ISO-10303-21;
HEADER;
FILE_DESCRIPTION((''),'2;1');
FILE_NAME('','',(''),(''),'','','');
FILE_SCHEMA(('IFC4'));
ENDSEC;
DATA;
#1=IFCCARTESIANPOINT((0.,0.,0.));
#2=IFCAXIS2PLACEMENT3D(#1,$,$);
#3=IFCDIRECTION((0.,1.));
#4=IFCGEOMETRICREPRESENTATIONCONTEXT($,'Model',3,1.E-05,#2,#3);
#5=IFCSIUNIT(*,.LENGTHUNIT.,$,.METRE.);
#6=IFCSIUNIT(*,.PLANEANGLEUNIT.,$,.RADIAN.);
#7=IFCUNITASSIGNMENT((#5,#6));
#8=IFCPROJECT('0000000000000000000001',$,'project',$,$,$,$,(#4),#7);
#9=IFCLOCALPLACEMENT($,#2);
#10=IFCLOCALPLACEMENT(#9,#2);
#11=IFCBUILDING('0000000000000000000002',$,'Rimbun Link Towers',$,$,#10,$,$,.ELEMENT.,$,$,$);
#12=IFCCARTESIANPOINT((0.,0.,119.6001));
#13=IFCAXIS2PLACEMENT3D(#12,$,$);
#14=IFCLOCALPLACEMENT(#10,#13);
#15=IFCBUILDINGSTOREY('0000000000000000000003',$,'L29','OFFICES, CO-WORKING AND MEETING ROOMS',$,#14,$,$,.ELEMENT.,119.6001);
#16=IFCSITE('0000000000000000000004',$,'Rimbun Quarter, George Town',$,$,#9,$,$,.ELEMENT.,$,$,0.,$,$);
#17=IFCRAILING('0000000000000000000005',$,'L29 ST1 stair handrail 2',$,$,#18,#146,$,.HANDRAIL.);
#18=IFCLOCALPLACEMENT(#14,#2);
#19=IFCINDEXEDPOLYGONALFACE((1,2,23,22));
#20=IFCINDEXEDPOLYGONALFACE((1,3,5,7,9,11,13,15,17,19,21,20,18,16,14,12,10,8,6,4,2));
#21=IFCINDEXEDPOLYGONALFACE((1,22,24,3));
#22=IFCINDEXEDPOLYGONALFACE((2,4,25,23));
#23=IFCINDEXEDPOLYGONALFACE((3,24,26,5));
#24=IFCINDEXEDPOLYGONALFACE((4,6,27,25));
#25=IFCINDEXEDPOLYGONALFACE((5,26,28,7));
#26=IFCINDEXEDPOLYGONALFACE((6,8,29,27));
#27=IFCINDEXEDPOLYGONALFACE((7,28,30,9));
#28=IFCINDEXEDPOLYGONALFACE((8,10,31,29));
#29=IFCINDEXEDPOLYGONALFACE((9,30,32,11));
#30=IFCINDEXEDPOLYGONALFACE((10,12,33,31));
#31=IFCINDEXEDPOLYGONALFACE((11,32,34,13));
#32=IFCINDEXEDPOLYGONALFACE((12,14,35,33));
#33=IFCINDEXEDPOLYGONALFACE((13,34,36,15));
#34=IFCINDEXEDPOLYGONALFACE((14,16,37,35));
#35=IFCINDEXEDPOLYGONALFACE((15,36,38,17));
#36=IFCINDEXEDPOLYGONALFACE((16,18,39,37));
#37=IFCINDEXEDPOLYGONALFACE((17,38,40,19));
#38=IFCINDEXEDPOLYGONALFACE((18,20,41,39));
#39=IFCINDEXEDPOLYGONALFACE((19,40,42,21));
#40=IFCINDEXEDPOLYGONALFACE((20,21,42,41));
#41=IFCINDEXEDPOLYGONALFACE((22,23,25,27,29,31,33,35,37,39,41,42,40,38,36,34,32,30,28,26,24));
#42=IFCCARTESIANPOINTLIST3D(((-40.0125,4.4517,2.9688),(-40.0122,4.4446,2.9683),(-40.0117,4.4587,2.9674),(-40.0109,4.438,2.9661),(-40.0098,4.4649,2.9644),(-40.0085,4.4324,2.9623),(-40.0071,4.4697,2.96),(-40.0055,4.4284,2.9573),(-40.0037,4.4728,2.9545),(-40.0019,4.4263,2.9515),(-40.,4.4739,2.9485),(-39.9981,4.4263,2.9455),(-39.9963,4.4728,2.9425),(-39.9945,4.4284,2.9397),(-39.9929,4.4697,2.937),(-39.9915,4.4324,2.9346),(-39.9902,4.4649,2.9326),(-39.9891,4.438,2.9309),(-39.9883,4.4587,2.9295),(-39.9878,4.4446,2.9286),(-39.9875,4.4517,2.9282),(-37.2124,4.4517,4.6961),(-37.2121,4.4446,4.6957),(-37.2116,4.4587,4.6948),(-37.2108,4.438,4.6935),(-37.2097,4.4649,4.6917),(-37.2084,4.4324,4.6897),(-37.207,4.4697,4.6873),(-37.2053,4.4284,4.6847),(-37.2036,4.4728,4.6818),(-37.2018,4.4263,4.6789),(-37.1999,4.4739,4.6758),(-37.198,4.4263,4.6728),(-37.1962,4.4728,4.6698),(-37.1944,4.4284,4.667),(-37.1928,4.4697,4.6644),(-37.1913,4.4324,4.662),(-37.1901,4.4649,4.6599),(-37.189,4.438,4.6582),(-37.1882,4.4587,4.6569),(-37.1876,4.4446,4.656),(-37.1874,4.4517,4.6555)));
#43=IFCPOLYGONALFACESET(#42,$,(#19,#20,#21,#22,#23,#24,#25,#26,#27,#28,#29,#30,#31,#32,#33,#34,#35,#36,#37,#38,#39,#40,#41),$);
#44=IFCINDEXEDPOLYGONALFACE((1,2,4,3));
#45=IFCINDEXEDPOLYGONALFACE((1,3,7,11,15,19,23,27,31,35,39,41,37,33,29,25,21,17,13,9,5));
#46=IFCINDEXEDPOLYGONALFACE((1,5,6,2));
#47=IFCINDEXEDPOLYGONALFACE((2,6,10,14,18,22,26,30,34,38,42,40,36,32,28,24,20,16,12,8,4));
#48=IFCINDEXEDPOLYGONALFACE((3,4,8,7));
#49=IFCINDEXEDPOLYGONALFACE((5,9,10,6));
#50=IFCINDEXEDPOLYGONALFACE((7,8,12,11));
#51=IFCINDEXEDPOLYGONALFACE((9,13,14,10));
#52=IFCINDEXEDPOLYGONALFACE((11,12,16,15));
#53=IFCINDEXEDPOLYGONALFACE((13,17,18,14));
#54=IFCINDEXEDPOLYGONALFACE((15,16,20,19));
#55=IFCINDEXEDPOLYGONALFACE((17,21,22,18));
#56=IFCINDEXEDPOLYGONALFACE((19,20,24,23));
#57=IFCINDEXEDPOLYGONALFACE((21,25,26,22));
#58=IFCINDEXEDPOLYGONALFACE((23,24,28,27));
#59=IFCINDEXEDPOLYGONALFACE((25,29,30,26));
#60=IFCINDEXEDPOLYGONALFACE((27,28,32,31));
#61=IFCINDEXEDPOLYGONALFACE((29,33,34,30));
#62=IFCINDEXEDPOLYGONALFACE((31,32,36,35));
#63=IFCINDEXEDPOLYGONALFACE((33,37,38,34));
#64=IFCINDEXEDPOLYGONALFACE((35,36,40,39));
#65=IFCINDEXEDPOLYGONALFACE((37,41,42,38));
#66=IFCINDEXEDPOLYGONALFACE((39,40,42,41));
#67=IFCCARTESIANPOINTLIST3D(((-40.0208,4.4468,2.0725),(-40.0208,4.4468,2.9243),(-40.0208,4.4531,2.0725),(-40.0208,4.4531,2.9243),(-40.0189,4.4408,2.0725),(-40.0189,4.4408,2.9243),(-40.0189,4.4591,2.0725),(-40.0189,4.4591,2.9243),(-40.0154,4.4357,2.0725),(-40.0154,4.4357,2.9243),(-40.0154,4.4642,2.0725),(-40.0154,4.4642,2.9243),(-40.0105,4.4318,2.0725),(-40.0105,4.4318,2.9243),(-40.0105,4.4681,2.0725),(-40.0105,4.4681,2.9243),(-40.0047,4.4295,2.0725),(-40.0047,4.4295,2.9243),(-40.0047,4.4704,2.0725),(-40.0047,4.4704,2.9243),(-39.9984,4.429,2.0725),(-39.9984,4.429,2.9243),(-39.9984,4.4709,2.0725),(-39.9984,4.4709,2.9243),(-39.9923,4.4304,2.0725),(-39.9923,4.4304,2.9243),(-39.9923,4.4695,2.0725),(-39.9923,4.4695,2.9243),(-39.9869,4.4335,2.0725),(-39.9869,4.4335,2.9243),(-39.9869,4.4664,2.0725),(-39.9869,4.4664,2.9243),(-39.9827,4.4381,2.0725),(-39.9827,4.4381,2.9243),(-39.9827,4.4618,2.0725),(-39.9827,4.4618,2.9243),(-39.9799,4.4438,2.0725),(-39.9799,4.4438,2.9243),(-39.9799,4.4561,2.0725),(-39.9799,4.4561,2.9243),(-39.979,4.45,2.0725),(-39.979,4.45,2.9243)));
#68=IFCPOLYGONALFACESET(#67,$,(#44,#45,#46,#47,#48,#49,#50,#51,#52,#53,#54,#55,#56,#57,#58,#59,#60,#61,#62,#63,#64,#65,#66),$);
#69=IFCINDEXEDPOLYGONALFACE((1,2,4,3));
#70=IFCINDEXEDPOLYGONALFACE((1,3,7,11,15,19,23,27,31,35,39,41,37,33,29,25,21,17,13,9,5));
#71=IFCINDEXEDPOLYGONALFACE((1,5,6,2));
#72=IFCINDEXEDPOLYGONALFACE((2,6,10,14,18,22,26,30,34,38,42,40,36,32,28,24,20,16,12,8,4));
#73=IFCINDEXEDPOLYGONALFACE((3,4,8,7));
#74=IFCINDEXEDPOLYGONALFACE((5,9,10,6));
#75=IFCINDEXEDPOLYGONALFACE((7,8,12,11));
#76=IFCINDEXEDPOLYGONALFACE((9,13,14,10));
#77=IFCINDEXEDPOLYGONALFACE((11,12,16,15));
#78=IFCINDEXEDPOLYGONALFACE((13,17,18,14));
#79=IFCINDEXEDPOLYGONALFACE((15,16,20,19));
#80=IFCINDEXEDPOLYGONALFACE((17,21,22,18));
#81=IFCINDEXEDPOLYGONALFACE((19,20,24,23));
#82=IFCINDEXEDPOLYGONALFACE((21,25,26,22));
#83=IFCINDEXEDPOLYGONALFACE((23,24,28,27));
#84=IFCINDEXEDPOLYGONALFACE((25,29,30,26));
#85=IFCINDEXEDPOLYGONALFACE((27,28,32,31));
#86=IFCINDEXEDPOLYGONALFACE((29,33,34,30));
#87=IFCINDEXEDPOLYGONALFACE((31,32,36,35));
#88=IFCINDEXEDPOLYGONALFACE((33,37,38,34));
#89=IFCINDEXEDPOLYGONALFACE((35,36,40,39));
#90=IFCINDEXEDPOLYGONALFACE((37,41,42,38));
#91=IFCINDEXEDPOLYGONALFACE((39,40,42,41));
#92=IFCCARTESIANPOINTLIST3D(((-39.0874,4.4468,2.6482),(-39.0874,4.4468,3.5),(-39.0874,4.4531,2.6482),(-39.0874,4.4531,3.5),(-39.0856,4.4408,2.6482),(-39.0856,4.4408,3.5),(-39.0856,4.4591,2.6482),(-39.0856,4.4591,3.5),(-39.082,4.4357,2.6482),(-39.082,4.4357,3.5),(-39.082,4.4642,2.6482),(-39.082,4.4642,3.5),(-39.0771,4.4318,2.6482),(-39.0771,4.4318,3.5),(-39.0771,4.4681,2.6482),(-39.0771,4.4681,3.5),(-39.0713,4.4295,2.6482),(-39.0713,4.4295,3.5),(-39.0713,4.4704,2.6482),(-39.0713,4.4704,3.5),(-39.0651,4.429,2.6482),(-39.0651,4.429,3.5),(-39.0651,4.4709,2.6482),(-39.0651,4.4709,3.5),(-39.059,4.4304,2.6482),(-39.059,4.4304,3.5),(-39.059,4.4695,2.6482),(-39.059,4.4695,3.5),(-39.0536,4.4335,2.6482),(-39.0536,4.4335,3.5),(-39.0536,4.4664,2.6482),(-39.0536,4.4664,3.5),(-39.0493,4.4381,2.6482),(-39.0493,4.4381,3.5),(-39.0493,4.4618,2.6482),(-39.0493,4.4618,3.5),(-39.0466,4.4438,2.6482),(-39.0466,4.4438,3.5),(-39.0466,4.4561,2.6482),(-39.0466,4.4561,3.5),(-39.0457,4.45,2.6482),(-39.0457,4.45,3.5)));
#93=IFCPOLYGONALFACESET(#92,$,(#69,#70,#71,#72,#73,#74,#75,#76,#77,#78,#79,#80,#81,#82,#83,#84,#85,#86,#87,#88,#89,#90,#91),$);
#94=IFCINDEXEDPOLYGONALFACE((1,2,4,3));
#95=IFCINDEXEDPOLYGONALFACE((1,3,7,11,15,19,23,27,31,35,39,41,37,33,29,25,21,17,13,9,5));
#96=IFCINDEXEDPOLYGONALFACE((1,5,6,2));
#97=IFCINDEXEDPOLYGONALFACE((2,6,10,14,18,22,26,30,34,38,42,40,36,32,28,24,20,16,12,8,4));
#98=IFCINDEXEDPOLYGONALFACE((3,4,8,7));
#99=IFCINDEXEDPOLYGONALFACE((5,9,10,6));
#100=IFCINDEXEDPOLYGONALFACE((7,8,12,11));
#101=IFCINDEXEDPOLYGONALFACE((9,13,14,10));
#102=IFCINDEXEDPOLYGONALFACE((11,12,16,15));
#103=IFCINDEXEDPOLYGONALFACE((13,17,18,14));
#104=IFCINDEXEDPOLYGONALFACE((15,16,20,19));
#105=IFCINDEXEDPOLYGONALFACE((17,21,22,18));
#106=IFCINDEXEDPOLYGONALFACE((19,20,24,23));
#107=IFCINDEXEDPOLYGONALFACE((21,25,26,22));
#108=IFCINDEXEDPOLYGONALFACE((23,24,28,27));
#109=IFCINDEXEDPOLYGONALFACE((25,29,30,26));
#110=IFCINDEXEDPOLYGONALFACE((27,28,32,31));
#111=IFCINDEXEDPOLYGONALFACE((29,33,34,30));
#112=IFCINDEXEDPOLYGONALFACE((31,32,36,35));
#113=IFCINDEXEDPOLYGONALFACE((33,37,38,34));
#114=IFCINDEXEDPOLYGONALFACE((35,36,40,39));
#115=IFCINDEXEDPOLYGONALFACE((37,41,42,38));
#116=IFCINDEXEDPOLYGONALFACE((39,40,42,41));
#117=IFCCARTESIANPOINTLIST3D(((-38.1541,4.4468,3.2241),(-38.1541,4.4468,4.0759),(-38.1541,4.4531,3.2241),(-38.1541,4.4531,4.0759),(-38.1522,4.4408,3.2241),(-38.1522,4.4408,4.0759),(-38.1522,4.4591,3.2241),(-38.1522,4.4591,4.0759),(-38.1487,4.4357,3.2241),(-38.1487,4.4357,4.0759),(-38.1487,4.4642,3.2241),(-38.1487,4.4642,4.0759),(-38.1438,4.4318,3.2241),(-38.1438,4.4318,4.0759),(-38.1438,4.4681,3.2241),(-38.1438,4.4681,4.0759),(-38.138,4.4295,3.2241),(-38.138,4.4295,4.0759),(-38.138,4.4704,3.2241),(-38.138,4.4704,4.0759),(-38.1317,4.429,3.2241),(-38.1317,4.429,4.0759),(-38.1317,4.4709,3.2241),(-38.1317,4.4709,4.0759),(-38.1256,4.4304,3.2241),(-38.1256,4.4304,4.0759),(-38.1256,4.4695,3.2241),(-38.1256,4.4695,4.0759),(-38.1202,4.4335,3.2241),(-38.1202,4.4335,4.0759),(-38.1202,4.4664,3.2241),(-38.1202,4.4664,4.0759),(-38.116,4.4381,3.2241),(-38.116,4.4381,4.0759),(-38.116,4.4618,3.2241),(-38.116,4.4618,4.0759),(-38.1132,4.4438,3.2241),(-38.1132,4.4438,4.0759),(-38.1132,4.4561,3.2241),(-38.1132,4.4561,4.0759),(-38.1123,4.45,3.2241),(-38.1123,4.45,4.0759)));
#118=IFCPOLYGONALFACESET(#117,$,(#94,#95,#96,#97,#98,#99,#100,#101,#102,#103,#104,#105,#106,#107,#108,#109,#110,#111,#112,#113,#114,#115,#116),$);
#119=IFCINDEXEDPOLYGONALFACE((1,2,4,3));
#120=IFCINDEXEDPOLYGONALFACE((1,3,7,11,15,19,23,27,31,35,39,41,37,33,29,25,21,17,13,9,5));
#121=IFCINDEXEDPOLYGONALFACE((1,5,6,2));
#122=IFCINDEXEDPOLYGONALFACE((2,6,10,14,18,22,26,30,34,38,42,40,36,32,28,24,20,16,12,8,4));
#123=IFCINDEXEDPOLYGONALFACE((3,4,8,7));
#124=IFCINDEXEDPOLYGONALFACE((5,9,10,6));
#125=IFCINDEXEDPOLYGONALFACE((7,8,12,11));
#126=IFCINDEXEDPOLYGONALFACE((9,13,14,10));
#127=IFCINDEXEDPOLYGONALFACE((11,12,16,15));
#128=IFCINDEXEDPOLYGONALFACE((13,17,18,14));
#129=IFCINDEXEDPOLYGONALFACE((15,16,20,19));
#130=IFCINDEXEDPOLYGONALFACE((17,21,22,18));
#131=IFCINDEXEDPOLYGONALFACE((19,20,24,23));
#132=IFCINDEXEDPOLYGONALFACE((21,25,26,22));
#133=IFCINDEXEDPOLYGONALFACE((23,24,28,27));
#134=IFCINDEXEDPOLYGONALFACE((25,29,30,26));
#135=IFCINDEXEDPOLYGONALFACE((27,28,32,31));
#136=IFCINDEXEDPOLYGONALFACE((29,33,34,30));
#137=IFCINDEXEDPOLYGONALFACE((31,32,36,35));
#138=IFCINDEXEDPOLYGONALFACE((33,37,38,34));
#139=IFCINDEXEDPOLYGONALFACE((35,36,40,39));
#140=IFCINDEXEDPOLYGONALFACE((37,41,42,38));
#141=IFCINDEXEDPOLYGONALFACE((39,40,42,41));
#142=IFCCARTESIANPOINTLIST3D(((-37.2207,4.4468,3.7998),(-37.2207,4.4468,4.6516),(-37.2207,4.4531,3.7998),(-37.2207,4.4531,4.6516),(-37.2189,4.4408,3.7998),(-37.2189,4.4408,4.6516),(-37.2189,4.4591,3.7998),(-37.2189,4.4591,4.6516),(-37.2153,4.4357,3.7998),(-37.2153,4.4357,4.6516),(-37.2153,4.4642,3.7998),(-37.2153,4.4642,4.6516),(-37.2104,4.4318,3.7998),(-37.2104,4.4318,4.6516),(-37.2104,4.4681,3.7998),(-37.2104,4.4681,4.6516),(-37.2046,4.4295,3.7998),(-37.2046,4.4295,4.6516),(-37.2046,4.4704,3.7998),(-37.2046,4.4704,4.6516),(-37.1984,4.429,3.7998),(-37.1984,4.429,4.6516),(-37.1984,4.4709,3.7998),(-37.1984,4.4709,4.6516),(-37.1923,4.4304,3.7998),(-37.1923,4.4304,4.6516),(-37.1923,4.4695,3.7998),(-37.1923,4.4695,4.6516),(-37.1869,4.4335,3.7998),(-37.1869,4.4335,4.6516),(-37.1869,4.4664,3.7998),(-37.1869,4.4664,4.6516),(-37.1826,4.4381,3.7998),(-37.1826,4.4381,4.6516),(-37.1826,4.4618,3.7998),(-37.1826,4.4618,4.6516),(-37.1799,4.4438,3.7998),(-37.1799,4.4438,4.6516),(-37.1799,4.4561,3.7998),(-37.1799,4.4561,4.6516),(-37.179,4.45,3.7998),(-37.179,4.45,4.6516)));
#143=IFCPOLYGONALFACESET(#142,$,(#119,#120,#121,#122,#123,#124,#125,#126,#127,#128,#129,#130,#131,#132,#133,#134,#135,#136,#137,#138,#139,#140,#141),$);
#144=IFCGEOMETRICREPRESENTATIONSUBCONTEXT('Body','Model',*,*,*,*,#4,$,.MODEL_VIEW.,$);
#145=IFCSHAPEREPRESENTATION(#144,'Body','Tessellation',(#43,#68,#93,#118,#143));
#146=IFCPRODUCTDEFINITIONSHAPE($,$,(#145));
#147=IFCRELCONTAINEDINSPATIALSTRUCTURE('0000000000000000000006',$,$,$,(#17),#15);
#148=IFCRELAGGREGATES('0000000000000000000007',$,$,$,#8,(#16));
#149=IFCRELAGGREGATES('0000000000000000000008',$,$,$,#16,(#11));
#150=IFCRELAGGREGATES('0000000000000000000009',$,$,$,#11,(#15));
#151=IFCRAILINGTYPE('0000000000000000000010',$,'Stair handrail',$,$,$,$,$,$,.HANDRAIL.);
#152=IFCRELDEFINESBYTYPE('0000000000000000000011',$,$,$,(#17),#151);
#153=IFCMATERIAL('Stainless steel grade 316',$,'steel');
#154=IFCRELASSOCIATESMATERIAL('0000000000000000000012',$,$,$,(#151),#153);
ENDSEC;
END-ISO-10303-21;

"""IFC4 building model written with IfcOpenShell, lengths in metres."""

from ifc_helpers import new_model, si_unit, direction, frame, origin, origin_2d, place, context, subcontext, project, spatial, circle, extrude, material, type_object, element, save


model = new_model("IFC4")

# Units and contexts
model_context = context("Model", 3, precision=1e-05, world=origin(), true_north=direction((0.0, 1.0)))
body_context = subcontext(model_context, "Body", "Model", "MODEL_VIEW")
ifc_project = project(units=[si_unit("LENGTHUNIT", "METRE"), si_unit("PLANEANGLEUNIT", "RADIAN")], contexts=[model_context])

# Site, building, storey
site_placement = place(None, origin())
site = spatial("IfcSite", under=ifc_project, at=site_placement, Name="Rimbun Quarter, George Town", CompositionType="ELEMENT", RefElevation=0.0)
building_placement = place(site_placement, origin())
building = spatial("IfcBuilding", under=site, at=building_placement, Name="Rimbun Link Towers", CompositionType="ELEMENT")
storey_placement = place(building_placement, frame((0.0, 0.0, 119.6001)))
storey = spatial("IfcBuildingStorey", under=building, at=storey_placement, Name="L29", Description="OFFICES, CO-WORKING AND MEETING ROOMS", CompositionType="ELEMENT", Elevation=119.6001)

# Railing
ifc_material_1 = material(Name="Stainless steel grade 316", Category="steel")
railing_type_1 = type_object("IfcRailingType", Name="Stair handrail", PredefinedType="HANDRAIL", material=ifc_material_1)
railing_1_placement = place(storey_placement, frame((-40.0, 4.45, 2.0725)))
element("IfcRailing", 1, at=railing_1_placement, inside=storey, type_object=railing_type_1, Name="L29 ST1 stair handrail 2", PredefinedType="HANDRAIL", context=body_context, shape_type="SweptSolid", body=[
    extrude(circle(Radius=0.0239, at=origin_2d()), frame((0.0, 0.0, 0.876), z_axis=(0.85109, 0.0, 0.52502), x_axis=(0.0, 1.0, 0.0)), (0.0, 0.0, 1.0), 3.29),
    extrude(circle(Radius=0.021, at=origin_2d()), origin(), (0.0, 0.0, 1.0), 0.8518),
    extrude(circle(Radius=0.021, at=origin_2d()), frame((0.9333, 0.0, 0.5757)), (0.0, 0.0, 1.0), 0.8518),
    extrude(circle(Radius=0.021, at=origin_2d()), frame((1.8667, 0.0, 1.1516)), (0.0, 0.0, 1.0), 0.8518),
    extrude(circle(Radius=0.021, at=origin_2d()), frame((2.8, 0.0, 1.7273)), (0.0, 0.0, 1.0), 0.8518),
])

save(model, "model.ifc")
